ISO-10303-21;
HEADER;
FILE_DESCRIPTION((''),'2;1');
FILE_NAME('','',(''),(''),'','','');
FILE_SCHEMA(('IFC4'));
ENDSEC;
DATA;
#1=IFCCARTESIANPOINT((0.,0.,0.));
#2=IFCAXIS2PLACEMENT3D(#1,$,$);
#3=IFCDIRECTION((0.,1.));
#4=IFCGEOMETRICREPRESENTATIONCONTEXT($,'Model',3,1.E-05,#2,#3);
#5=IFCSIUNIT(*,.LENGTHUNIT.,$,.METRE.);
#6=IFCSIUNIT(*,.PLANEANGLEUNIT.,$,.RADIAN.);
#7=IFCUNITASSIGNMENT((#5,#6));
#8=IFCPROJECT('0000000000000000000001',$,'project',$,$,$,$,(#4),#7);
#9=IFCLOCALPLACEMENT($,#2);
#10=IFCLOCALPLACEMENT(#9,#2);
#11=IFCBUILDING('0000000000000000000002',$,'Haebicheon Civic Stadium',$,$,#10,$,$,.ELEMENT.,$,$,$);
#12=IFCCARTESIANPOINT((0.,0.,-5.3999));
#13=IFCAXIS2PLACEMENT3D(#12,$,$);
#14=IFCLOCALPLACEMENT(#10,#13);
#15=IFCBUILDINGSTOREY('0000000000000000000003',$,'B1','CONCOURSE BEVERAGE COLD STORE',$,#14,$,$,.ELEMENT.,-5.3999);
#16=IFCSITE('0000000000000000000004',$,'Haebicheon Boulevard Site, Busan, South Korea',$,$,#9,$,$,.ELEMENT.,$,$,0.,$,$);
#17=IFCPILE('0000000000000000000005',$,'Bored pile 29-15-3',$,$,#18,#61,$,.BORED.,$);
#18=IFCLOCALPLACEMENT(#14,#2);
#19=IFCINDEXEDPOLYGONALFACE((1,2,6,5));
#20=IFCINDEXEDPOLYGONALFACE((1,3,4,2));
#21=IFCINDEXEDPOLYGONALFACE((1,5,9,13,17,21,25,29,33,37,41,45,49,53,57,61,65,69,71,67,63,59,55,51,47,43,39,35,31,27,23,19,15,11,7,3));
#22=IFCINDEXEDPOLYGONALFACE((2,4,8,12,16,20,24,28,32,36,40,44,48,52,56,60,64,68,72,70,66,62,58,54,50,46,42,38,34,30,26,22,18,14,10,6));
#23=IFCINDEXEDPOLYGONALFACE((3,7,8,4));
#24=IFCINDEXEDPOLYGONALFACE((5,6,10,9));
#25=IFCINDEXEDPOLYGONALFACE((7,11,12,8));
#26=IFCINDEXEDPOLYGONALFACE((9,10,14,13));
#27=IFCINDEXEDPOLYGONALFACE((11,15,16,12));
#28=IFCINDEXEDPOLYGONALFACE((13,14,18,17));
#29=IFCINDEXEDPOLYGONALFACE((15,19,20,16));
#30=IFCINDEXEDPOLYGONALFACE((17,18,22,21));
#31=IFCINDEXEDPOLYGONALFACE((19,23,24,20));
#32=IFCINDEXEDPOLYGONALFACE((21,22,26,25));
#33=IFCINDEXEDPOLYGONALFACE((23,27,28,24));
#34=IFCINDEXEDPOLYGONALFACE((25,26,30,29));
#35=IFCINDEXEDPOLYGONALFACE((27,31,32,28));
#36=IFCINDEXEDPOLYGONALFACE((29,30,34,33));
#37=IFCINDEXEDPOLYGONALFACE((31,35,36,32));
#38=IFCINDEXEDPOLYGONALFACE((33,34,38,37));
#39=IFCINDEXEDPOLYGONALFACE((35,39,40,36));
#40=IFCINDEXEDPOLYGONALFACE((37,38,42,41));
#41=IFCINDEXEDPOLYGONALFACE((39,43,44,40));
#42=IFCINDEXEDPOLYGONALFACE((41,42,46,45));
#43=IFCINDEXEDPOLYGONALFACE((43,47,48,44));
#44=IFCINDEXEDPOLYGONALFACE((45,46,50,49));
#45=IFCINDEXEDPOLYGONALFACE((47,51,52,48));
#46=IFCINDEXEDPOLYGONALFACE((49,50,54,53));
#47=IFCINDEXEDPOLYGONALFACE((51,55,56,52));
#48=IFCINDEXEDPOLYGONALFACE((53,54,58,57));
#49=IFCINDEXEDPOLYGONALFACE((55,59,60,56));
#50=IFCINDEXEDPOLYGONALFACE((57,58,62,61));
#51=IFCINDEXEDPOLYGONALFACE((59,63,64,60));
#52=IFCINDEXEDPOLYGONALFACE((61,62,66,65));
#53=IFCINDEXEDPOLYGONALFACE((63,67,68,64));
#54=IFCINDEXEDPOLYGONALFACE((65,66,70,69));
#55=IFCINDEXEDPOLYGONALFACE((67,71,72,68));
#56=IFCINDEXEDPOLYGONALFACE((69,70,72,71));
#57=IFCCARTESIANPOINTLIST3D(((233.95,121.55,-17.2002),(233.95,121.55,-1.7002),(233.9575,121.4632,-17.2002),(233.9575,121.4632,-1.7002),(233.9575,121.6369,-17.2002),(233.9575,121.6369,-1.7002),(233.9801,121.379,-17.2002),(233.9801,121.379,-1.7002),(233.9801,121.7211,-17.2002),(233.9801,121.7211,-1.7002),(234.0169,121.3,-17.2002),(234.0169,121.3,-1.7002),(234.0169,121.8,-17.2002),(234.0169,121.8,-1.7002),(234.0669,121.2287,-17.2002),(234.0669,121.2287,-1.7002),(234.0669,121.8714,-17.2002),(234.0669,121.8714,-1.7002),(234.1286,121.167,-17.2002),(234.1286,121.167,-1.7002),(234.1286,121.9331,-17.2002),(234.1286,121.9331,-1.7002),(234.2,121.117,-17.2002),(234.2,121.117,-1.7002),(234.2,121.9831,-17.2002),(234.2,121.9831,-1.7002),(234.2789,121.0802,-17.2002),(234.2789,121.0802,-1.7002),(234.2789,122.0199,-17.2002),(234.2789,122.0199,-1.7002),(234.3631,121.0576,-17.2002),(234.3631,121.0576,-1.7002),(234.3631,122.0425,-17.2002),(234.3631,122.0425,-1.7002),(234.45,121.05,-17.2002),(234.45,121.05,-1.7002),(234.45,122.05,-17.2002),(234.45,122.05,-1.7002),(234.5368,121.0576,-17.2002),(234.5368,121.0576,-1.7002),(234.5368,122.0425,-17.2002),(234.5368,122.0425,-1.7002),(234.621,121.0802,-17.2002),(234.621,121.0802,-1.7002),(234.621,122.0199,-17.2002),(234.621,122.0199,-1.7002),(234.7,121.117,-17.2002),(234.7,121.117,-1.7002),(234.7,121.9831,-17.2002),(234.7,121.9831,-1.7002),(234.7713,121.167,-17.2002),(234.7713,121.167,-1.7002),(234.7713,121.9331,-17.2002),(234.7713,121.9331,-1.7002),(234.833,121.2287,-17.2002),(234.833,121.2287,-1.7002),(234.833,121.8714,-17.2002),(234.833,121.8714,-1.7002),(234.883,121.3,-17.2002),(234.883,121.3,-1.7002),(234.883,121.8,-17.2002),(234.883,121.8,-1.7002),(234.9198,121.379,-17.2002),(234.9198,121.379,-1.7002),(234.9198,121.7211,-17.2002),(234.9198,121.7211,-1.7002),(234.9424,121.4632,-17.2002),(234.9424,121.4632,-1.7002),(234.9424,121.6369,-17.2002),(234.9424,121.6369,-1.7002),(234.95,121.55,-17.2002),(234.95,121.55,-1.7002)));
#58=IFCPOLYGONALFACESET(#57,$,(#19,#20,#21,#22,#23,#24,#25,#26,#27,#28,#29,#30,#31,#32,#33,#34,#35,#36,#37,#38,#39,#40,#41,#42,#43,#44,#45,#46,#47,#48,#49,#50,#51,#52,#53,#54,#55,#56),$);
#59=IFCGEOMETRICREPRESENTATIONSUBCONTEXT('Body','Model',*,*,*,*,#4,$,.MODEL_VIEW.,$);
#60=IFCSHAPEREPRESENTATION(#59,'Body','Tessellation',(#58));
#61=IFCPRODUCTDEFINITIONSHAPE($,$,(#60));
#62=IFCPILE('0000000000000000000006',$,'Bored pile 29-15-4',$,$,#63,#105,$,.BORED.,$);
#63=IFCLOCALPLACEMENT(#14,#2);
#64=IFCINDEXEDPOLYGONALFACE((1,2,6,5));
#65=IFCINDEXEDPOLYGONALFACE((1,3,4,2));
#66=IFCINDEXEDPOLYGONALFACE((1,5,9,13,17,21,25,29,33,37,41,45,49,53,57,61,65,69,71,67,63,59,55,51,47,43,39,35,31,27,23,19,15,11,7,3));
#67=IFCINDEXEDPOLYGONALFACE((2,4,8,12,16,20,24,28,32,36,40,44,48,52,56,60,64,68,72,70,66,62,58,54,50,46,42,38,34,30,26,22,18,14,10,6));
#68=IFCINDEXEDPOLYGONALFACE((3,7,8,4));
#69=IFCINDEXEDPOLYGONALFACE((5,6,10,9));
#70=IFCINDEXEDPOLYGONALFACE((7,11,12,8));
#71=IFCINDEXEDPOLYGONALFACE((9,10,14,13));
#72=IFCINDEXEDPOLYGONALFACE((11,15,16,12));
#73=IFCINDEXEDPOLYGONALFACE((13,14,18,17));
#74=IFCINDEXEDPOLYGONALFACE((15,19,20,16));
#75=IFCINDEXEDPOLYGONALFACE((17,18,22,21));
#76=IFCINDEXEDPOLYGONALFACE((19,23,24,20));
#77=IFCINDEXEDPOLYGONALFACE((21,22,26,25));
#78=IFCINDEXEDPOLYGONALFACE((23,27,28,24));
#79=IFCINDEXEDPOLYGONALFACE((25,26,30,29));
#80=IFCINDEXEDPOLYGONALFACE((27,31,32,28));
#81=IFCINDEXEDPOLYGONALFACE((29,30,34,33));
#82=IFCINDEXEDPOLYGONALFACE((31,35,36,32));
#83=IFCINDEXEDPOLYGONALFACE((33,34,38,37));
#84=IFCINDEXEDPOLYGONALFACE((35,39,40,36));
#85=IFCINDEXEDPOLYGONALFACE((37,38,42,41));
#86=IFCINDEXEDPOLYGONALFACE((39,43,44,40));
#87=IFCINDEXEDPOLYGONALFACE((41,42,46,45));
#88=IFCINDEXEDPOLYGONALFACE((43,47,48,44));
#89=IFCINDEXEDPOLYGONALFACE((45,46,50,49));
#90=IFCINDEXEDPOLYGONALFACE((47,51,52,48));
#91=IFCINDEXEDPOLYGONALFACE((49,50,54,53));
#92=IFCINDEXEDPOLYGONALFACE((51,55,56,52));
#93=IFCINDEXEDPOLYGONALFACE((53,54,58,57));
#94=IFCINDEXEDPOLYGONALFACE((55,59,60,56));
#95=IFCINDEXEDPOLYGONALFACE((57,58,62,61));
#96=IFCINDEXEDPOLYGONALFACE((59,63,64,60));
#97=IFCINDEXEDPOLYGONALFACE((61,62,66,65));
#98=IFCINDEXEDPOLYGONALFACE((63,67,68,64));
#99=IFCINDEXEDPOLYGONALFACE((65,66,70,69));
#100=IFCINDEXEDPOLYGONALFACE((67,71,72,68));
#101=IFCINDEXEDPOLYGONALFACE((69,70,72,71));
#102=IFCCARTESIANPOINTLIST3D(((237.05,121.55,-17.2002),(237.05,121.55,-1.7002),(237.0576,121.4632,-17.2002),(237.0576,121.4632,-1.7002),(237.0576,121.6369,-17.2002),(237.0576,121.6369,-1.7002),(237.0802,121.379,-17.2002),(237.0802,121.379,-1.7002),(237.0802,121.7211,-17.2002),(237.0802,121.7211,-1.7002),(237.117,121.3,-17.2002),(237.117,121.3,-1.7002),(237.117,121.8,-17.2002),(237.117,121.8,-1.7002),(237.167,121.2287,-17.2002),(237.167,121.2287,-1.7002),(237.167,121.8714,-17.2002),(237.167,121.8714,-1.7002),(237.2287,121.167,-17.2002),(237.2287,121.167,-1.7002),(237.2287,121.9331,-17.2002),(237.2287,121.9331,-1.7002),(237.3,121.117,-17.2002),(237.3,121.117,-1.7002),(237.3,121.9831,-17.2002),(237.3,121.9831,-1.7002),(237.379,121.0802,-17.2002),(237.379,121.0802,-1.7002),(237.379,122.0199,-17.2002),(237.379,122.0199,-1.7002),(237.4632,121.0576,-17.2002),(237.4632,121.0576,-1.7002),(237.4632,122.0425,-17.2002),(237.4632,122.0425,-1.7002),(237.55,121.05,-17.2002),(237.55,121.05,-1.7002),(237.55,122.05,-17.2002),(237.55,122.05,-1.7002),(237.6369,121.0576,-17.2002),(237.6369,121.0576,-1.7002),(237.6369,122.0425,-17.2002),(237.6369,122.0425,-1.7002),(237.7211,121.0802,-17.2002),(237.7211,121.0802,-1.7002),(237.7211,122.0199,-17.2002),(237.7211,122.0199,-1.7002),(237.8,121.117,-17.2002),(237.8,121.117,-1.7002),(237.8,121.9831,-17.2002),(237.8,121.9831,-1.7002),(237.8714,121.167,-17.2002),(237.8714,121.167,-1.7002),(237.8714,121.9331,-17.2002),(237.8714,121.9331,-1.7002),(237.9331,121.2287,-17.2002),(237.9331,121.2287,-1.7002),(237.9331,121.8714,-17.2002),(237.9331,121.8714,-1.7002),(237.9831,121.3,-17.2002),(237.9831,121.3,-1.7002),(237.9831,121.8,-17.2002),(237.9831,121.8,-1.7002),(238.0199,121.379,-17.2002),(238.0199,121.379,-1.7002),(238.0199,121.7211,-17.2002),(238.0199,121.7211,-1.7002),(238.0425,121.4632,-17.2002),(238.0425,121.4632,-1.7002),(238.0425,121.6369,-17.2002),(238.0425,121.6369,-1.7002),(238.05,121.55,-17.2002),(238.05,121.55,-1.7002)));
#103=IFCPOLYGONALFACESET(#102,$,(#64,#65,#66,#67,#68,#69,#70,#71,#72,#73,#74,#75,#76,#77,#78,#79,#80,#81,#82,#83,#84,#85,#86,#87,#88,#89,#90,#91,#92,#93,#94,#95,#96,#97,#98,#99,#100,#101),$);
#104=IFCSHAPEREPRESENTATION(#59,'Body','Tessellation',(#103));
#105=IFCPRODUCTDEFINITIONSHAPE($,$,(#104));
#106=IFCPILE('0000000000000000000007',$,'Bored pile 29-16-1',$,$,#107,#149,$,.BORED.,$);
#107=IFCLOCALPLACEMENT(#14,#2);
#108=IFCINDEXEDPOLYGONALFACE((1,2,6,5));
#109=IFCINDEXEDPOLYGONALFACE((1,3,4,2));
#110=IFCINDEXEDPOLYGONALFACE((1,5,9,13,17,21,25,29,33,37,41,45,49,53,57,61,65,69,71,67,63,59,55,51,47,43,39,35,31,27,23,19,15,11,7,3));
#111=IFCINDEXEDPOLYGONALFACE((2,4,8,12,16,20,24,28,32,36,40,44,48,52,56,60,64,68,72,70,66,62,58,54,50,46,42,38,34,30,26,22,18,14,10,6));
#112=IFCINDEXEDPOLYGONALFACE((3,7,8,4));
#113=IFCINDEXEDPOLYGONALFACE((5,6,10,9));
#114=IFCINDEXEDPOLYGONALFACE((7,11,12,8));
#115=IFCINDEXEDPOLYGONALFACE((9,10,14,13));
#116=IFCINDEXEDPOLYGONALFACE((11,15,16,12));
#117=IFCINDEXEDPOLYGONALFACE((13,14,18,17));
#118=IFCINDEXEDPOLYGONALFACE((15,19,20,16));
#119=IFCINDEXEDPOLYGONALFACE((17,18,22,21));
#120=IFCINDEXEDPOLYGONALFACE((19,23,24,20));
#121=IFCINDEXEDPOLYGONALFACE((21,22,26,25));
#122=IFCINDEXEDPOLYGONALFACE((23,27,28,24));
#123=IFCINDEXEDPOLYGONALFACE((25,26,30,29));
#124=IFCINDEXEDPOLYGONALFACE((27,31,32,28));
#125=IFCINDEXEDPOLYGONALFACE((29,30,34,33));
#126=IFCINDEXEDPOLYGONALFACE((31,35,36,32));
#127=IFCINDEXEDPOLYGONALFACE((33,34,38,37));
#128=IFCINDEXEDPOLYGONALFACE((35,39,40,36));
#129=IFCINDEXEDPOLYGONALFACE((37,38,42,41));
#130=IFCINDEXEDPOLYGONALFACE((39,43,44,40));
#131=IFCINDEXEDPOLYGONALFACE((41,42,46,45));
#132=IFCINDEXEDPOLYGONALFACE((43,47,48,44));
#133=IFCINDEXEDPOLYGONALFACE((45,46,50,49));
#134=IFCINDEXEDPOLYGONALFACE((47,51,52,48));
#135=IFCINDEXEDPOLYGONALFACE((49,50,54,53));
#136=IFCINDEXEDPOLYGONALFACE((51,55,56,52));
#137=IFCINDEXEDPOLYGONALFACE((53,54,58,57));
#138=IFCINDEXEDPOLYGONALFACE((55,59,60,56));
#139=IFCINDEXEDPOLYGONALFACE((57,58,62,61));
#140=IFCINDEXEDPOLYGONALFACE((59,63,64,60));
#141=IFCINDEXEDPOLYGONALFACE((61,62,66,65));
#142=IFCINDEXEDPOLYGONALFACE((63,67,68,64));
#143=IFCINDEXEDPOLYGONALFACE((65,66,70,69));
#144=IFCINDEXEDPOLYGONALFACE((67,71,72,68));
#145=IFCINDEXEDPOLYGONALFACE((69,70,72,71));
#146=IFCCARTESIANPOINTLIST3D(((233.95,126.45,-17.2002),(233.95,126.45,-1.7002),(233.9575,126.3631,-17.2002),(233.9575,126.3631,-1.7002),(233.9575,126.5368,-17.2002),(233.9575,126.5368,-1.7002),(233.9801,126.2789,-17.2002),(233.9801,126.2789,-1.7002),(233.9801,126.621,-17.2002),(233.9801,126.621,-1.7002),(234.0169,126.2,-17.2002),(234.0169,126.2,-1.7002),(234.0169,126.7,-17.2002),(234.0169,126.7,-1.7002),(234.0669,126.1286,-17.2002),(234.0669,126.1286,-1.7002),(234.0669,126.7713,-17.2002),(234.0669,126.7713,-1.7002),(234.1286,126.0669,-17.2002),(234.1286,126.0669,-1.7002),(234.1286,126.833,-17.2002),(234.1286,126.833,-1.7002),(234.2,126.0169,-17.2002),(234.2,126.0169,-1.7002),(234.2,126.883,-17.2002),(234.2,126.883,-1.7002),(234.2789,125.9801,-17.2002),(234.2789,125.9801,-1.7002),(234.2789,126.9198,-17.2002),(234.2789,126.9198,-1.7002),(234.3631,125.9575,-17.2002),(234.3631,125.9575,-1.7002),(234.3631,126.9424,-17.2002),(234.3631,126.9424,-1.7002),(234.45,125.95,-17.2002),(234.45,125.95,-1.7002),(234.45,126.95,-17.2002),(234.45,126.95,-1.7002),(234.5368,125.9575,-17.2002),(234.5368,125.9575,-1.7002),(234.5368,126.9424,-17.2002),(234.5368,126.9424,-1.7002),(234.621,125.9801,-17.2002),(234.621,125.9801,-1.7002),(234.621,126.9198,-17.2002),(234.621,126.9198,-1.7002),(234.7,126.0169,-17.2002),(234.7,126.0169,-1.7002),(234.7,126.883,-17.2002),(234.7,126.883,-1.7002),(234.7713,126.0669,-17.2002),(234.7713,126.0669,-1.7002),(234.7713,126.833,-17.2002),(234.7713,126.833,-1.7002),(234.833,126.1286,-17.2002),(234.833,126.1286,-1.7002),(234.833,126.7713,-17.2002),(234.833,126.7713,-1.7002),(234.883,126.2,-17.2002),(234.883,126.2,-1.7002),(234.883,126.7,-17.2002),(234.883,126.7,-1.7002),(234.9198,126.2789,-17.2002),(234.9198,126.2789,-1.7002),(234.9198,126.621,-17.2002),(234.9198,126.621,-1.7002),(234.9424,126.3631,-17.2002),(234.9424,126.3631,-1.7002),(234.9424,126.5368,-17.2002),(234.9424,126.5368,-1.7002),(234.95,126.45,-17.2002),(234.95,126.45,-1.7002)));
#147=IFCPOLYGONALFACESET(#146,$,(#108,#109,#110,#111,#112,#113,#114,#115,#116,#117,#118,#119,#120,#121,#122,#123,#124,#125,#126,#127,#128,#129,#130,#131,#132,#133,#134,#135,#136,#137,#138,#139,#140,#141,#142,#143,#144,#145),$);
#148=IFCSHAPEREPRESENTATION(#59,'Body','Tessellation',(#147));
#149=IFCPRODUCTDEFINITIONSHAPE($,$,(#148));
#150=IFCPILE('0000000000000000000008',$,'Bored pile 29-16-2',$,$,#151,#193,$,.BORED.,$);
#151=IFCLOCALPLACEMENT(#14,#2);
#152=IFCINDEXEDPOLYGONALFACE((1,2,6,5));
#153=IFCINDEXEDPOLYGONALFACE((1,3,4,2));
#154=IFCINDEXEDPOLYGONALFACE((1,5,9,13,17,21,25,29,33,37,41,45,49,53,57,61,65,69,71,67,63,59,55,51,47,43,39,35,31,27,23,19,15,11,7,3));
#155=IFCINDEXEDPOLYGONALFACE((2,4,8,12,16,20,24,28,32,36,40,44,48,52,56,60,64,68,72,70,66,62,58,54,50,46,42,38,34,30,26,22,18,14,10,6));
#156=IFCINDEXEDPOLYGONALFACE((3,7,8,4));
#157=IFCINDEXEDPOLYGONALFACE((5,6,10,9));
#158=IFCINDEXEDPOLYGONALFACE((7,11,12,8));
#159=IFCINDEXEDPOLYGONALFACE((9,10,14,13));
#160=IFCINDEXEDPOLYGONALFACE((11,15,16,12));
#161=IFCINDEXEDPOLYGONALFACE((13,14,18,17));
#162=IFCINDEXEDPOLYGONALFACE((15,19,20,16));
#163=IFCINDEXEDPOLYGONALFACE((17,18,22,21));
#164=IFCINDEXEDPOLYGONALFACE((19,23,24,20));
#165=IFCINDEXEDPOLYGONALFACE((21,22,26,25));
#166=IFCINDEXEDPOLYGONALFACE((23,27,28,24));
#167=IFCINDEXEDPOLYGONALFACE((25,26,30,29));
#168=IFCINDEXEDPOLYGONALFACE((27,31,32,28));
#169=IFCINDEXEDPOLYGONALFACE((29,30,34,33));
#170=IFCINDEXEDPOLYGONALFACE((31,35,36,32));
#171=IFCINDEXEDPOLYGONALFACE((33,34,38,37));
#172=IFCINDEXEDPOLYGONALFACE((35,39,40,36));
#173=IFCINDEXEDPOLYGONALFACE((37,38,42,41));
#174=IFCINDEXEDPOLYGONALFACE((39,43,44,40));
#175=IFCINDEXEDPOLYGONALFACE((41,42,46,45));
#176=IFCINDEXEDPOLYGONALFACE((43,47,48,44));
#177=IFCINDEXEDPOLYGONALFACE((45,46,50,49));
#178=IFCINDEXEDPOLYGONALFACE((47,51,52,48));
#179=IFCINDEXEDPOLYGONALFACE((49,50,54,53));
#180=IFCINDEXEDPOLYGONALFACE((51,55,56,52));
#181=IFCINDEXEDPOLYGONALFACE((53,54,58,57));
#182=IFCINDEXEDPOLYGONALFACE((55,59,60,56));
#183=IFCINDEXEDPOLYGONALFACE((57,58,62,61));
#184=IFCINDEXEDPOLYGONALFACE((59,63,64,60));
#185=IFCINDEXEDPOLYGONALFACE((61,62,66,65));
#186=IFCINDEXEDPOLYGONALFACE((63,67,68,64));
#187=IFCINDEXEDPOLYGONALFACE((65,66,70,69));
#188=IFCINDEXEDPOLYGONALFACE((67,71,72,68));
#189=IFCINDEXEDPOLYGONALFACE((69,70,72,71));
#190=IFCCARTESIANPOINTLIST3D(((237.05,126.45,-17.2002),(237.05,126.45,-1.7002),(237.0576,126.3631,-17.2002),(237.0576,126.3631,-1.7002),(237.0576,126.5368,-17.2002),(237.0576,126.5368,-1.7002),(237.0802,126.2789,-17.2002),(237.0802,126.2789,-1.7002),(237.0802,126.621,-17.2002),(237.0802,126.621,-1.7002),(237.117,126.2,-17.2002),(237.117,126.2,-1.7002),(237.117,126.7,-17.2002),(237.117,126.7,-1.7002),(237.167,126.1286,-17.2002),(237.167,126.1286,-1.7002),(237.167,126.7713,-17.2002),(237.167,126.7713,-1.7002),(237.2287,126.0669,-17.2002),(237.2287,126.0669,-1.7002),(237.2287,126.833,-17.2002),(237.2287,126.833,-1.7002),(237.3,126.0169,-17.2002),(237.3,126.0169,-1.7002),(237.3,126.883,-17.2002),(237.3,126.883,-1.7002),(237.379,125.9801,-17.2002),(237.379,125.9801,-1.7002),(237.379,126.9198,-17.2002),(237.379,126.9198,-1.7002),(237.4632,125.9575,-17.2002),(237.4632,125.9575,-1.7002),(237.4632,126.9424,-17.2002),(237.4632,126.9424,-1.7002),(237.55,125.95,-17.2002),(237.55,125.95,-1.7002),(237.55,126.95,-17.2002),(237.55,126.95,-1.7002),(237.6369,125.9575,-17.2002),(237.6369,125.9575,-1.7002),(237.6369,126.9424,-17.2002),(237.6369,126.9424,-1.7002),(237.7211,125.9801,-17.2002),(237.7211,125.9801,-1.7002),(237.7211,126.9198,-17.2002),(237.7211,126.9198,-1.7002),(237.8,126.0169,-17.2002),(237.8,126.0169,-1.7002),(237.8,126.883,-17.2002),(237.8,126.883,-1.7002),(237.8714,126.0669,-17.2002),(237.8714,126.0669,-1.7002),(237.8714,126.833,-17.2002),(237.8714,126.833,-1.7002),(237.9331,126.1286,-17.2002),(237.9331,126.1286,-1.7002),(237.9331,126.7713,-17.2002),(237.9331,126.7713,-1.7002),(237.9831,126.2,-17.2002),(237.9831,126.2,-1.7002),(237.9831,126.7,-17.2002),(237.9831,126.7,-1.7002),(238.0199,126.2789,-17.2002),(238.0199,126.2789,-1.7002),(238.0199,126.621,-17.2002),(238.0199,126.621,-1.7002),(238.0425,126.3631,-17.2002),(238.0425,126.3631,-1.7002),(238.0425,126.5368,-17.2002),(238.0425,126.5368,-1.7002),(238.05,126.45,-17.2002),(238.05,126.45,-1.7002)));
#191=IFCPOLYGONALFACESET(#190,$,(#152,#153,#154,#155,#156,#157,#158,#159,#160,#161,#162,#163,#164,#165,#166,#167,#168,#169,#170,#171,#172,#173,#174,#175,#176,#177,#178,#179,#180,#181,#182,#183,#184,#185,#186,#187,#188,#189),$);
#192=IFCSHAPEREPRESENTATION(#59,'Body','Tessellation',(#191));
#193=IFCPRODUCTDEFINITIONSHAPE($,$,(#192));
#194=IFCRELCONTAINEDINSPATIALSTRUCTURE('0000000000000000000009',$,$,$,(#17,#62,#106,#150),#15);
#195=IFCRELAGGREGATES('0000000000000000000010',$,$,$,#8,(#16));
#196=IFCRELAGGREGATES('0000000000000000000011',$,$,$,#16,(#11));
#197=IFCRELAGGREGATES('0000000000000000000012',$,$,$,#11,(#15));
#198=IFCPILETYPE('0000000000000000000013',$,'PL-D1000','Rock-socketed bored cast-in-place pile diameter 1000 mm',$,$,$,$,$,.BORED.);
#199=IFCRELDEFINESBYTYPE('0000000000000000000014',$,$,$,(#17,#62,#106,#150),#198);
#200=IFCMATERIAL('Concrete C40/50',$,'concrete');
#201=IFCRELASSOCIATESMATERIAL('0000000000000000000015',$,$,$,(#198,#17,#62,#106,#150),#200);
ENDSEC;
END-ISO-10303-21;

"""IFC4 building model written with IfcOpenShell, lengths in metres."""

from ifc_helpers import new_model, si_unit, direction, frame, origin, origin_2d, place, context, subcontext, project, spatial, circle, extrude, material, material_profile, profile_set, type_object, element, save


model = new_model("IFC4")

# Units and contexts
model_context = context("Model", 3, precision=1e-05, world=origin(), true_north=direction((0.0, 1.0)))
body_context = subcontext(model_context, "Body", "Model", "MODEL_VIEW")
ifc_project = project(units=[si_unit("LENGTHUNIT", "METRE"), si_unit("PLANEANGLEUNIT", "RADIAN")], contexts=[model_context])

# Site, building, storey
site_placement = place(None, origin())
site = spatial("IfcSite", under=ifc_project, at=site_placement, Name="Haebicheon Boulevard Site, Busan, South Korea", CompositionType="ELEMENT", RefElevation=0.0)
building_placement = place(site_placement, origin())
building = spatial("IfcBuilding", under=site, at=building_placement, Name="Haebicheon Civic Stadium", CompositionType="ELEMENT")
storey_placement = place(building_placement, frame((0.0, 0.0, -5.3999)))
storey = spatial("IfcBuildingStorey", under=building, at=storey_placement, Name="B1", Description="CONCOURSE BEVERAGE COLD STORE", CompositionType="ELEMENT", Elevation=-5.3999)

# Piles
ifc_material_1 = material(Name="Concrete C40/50", Category="concrete")
ifc_material_profile_1 = material_profile(ifc_material_1, circle(Radius=0.5, at=origin_2d()), Name="PILE-D1000")
ifc_profile_set_1 = profile_set([ifc_material_profile_1], Name="Concrete C40/50")
pile_type = type_object("IfcPileType", Name="PL-D1000", Description="Rock-socketed bored cast-in-place pile diameter 1000 mm", PredefinedType="BORED", material=ifc_profile_set_1)
for number, where, z_axis, x_axis, name in (
    (1, (234.45, 121.55, -1.7002), (0.0, 0.0, -1.0), (1.0, 0.0, 0.0), "Bored pile 29-15-3"),
    (2, (237.55, 121.55, -1.7002), (0.0, 0.0, -1.0), (1.0, 0.0, 0.0), "Bored pile 29-15-4"),
    (3, (234.45, 126.45, -1.7002), (0.0, 0.0, -1.0), (1.0, 0.0, 0.0), "Bored pile 29-16-1"),
    (4, (237.55, 126.45, -1.7002), (0.0, 0.0, -1.0), (1.0, 0.0, 0.0), "Bored pile 29-16-2"),
):
    element("IfcPile", number, at=place(storey_placement, frame(where, z_axis=z_axis, x_axis=x_axis)), inside=storey, type_object=pile_type, material=ifc_profile_set_1, Name=name, PredefinedType="BORED", context=body_context, shape_type="SweptSolid", body=[
        extrude(circle(Radius=0.5, at=origin_2d()), origin(), (0.0, 0.0, 1.0), 15.5),
    ])

save(model, "model.ifc")
